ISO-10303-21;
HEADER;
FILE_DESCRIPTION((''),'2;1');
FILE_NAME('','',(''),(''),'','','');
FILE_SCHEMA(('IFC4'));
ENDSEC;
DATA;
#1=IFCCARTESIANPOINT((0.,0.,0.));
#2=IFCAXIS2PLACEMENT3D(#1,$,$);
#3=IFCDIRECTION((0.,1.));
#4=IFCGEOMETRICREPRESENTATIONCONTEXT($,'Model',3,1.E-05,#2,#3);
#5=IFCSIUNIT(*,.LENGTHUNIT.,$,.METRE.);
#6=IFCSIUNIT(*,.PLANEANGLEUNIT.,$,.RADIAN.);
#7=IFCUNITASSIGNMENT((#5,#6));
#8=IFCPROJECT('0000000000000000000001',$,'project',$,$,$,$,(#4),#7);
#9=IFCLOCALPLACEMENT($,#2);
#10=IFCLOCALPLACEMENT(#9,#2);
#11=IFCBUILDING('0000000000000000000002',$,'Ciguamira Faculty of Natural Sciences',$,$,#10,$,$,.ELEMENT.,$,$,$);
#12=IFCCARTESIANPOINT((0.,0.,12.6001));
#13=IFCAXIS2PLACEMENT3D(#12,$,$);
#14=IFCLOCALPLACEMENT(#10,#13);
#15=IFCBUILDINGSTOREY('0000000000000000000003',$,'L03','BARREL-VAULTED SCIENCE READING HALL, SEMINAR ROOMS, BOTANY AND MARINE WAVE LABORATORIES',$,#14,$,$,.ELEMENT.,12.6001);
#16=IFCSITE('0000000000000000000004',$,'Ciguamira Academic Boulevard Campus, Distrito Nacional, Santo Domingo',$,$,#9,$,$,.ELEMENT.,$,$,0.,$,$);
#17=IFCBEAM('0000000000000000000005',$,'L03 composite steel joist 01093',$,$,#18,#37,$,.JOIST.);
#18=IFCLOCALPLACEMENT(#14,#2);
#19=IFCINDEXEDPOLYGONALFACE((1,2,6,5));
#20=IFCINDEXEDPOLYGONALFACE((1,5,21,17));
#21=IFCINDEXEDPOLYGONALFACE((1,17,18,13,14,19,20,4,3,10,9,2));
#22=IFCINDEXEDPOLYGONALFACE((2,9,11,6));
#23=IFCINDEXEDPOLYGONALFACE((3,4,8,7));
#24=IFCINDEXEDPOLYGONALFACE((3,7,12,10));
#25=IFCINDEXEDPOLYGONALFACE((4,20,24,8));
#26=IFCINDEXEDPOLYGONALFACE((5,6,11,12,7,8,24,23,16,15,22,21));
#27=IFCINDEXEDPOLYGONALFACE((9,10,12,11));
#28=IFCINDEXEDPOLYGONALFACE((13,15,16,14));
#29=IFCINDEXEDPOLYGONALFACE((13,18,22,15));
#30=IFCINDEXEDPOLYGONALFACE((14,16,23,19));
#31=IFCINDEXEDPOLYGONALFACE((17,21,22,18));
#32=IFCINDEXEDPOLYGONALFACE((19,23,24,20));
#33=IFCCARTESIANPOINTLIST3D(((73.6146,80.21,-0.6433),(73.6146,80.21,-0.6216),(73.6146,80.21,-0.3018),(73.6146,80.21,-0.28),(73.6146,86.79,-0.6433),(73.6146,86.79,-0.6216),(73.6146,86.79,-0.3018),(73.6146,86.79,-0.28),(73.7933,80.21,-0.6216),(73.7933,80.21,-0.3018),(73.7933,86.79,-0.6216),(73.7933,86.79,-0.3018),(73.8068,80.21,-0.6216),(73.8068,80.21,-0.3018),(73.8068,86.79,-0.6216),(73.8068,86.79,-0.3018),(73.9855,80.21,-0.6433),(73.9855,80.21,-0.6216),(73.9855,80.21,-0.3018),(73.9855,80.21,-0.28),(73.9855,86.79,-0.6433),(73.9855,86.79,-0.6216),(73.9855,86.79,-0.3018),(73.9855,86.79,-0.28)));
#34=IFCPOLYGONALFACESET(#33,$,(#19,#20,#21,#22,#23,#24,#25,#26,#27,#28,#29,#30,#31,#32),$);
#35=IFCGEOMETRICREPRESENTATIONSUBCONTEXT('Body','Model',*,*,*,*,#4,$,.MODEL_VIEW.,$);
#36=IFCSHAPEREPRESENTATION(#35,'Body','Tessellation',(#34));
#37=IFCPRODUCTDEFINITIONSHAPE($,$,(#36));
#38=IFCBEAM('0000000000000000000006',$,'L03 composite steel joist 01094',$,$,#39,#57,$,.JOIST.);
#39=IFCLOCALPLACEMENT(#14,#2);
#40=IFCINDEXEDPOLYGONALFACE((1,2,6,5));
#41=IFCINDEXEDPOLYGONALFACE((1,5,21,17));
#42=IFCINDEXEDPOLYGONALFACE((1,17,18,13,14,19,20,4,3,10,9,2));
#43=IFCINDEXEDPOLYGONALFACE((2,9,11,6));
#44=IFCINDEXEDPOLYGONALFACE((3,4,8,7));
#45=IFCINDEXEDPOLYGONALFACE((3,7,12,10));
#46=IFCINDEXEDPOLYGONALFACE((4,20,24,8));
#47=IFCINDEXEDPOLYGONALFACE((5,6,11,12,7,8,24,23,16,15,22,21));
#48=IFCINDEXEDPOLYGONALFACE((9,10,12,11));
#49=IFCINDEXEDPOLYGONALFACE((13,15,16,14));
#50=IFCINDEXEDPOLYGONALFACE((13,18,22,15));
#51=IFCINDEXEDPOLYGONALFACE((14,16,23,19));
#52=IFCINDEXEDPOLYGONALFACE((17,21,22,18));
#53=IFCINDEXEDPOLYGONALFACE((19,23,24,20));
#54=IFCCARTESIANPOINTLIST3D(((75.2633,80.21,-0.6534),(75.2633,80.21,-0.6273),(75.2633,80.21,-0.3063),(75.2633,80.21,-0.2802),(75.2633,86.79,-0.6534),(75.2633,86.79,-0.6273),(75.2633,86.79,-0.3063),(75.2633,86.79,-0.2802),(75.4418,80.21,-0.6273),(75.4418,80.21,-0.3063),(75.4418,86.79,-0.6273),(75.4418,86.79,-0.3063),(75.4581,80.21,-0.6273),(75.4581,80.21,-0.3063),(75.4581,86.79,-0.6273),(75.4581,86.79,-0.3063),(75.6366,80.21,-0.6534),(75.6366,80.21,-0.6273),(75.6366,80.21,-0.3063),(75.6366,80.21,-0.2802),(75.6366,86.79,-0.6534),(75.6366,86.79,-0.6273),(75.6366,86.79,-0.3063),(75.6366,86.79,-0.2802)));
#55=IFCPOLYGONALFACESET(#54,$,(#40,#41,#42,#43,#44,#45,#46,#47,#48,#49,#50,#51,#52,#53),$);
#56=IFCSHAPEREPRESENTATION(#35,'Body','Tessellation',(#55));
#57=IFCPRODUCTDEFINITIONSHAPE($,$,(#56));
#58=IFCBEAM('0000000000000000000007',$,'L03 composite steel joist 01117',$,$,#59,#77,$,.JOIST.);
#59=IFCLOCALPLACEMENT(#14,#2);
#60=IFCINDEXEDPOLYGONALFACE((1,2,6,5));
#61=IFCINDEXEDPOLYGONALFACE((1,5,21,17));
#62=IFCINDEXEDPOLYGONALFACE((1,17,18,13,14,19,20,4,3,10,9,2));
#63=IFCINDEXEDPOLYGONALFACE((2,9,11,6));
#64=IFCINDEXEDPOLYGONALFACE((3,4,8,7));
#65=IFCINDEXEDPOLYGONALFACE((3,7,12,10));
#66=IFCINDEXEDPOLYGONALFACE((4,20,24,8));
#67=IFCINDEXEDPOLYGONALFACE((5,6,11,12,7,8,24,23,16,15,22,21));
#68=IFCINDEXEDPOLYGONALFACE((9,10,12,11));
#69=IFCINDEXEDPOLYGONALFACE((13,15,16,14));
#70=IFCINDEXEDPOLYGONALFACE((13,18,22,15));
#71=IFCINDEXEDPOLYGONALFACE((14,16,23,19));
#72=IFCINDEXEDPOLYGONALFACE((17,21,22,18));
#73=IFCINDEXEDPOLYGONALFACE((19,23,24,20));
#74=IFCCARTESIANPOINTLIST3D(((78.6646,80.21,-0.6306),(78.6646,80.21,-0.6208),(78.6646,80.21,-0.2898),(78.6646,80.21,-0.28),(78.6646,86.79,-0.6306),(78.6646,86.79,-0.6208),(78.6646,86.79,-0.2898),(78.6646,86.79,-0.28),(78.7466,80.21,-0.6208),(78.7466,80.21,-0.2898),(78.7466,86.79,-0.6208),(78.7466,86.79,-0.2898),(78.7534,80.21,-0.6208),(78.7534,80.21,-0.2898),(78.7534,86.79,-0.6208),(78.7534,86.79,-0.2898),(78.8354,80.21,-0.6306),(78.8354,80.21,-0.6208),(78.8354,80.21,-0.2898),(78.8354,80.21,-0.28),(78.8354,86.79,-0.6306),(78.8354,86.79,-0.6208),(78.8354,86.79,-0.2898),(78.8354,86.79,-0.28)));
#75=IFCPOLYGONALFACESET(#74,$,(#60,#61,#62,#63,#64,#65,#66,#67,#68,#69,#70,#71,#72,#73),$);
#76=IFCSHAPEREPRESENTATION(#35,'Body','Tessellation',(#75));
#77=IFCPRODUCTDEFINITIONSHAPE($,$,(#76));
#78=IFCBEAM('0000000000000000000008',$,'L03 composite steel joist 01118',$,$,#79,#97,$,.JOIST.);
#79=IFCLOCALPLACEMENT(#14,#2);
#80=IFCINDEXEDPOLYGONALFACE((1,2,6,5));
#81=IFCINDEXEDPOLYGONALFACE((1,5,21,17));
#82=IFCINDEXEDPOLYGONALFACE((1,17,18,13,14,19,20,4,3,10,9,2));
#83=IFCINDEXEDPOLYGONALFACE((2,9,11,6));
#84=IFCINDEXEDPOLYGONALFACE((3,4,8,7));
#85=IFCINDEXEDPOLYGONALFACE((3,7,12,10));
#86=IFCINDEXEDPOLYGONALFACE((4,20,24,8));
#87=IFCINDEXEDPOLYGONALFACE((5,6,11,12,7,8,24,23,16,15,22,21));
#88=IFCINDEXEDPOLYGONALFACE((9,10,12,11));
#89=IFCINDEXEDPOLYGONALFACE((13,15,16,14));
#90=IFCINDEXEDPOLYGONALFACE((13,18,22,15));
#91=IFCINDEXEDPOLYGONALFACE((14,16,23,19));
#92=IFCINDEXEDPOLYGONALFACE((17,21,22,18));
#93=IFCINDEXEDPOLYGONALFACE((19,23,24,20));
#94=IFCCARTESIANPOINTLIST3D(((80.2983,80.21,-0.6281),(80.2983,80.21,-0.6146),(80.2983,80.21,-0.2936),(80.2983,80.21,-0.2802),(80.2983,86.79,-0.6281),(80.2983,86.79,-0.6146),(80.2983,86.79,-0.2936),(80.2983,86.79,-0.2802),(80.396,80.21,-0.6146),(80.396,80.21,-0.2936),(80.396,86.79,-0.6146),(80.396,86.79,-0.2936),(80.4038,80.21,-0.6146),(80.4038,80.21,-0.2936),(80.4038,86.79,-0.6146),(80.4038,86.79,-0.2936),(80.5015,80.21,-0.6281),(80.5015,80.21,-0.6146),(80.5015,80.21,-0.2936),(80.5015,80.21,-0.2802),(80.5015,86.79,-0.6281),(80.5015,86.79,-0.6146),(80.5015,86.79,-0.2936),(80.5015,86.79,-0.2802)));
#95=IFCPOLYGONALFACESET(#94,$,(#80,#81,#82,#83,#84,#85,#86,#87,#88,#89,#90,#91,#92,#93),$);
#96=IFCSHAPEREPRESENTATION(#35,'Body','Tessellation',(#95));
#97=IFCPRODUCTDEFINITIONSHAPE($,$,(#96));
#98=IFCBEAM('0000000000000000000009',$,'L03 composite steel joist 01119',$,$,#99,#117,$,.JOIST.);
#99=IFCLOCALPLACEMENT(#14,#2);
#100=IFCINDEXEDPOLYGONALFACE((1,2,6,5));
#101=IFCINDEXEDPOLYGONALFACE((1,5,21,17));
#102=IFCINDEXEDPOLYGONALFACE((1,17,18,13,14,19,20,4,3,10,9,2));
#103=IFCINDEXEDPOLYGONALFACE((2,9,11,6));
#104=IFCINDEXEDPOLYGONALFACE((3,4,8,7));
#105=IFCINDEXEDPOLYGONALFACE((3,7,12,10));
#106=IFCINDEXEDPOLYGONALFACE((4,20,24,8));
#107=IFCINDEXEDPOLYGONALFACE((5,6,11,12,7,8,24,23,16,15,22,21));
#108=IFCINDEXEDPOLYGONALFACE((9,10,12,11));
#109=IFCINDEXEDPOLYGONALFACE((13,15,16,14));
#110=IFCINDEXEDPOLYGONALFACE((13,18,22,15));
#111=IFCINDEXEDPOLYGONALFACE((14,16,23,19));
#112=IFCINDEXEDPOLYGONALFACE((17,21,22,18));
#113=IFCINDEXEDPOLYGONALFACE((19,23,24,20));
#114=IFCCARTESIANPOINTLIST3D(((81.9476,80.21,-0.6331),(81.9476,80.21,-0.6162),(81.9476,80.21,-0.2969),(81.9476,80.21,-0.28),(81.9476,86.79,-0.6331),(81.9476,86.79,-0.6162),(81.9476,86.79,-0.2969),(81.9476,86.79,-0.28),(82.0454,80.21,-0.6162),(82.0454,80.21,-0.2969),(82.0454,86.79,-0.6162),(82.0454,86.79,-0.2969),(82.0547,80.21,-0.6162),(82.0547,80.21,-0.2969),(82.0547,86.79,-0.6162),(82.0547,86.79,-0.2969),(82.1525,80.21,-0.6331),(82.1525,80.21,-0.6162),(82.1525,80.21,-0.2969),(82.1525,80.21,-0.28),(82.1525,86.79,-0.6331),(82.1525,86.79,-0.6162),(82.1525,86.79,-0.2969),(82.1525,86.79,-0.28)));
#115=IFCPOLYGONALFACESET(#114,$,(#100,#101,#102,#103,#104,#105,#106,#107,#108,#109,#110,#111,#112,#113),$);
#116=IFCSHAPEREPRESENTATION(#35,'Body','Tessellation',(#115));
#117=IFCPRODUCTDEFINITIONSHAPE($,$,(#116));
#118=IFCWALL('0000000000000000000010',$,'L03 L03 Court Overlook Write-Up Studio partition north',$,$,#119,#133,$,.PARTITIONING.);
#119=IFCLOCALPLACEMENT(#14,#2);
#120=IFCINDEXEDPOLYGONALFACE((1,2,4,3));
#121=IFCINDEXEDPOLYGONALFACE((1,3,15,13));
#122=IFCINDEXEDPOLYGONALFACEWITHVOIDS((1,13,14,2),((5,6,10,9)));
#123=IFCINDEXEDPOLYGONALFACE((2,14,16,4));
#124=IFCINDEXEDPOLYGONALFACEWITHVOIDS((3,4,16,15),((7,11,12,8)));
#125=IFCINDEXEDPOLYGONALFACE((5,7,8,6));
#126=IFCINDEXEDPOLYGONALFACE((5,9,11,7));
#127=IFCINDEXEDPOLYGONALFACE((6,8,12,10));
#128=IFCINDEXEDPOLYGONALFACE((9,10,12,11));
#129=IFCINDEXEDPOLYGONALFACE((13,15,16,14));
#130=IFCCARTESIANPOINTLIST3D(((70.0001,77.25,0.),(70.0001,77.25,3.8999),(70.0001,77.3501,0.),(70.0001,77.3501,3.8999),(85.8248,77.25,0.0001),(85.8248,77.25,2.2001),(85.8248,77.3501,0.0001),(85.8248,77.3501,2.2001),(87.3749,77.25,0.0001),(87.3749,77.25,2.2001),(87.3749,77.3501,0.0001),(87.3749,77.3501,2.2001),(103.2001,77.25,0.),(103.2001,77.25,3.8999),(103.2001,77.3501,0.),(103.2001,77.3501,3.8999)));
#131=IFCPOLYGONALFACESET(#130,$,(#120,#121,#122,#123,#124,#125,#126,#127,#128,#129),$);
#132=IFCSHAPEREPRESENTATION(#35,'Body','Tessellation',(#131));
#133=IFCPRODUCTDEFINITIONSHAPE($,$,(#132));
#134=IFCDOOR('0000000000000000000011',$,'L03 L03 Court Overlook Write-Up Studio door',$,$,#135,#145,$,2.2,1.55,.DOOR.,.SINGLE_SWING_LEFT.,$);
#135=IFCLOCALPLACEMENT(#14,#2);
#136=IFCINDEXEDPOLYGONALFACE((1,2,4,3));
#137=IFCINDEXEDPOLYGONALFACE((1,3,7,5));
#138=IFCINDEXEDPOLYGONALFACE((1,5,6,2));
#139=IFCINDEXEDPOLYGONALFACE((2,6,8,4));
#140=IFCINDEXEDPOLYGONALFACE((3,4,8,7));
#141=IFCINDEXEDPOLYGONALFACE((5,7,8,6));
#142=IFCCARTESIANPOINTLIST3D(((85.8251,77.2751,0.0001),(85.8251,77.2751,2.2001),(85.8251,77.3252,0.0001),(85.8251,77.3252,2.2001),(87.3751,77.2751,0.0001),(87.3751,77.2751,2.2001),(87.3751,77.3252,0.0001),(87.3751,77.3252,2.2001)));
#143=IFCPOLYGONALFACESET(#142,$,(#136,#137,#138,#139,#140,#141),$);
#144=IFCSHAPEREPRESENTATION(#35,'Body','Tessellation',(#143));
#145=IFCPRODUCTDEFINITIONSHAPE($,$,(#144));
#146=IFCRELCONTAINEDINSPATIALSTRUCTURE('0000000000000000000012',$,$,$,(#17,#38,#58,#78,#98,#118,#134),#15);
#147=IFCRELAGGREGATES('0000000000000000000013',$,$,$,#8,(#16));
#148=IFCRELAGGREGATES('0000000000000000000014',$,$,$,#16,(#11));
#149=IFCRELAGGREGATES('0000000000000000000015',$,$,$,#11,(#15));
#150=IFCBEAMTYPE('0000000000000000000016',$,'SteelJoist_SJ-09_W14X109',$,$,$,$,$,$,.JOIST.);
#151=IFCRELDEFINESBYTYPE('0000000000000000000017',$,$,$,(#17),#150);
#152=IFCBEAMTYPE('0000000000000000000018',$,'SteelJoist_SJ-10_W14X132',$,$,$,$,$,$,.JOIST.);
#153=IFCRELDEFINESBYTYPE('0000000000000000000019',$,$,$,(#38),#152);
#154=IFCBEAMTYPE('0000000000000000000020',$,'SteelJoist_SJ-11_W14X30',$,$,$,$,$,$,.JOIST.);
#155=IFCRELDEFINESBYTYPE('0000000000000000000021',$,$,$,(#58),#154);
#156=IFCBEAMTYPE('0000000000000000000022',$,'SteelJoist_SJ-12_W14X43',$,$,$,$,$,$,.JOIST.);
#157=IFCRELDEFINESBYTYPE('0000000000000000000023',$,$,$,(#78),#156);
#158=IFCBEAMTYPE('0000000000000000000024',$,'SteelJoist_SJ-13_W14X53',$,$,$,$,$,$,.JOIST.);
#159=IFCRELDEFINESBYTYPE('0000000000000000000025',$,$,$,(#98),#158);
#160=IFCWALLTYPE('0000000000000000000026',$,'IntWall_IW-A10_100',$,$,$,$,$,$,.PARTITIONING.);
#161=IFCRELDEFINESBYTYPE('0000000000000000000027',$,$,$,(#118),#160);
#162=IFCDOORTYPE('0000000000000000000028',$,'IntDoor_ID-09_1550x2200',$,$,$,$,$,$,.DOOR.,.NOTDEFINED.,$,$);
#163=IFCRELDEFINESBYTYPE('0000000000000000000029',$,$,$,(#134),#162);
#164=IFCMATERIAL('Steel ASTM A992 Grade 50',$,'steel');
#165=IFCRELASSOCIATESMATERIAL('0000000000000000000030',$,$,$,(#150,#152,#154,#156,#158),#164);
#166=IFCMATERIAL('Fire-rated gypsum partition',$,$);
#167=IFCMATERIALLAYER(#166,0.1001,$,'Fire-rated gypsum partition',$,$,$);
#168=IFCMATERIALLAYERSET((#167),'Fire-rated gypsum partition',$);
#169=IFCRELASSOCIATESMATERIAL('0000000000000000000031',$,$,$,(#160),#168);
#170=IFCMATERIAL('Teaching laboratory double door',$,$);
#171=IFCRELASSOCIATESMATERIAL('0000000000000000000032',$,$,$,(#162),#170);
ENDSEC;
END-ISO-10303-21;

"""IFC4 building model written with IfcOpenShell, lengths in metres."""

from ifc_helpers import new_model, si_unit, direction, frame, frame_2d, origin, origin_2d, place, context, subcontext, project, spatial, rectangle, i_section, extrude, material, layer, layer_set, material_profile, profile_set, type_object, element, fill, save


model = new_model("IFC4")

# Units and contexts
model_context = context("Model", 3, precision=1e-05, world=origin(), true_north=direction((0.0, 1.0)))
body_context = subcontext(model_context, "Body", "Model", "MODEL_VIEW")
ifc_project = project(units=[si_unit("LENGTHUNIT", "METRE"), si_unit("PLANEANGLEUNIT", "RADIAN")], contexts=[model_context])

# Site, building, storey
site_placement = place(None, origin())
site = spatial("IfcSite", under=ifc_project, at=site_placement, Name="Ciguamira Academic Boulevard Campus, Distrito Nacional, Santo Domingo", CompositionType="ELEMENT", RefElevation=0.0)
building_placement = place(site_placement, origin())
building = spatial("IfcBuilding", under=site, at=building_placement, Name="Ciguamira Faculty of Natural Sciences", CompositionType="ELEMENT")
storey_placement = place(building_placement, frame((0.0, 0.0, 12.6001)))
storey = spatial("IfcBuildingStorey", under=building, at=storey_placement, Name="L03", Description="BARREL-VAULTED SCIENCE READING HALL, SEMINAR ROOMS, BOTANY AND MARINE WAVE LABORATORIES", CompositionType="ELEMENT", Elevation=12.6001)

# Beams
ifc_material_1 = material(Name="Steel ASTM A992 Grade 50", Category="steel")
ifc_material_profile_1 = material_profile(ifc_material_1, i_section(OverallWidth=0.3708, OverallDepth=0.3633, WebThickness=0.0134, FlangeThickness=0.0217, at=origin_2d()), Name="W14X109")
ifc_profile_set_1 = profile_set([ifc_material_profile_1], Name="Steel ASTM A992 Grade 50")
beam_type_1 = type_object("IfcBeamType", Name="SteelJoist_SJ-09_W14X109", PredefinedType="JOIST", material=ifc_profile_set_1)
beam_1_placement = place(storey_placement, frame((73.8, 80.21, -0.4617), z_axis=(0.0, 1.0, 0.0), x_axis=(-1.0, 0.0, 0.0)))
element("IfcBeam", 1, at=beam_1_placement, inside=storey, type_object=beam_type_1, Name="L03 composite steel joist 01093", PredefinedType="JOIST", context=body_context, shape_type="SweptSolid", body=[
    extrude(i_section(OverallWidth=0.3708, OverallDepth=0.3633, WebThickness=0.0134, FlangeThickness=0.0217, at=origin_2d()), origin(), (0.0, 0.0, 1.0), 6.5801),
])
ifc_material_profile_2 = material_profile(ifc_material_1, i_section(OverallWidth=0.3733, OverallDepth=0.3733, WebThickness=0.0164, FlangeThickness=0.0261, at=origin_2d()), Name="W14X132")
ifc_profile_set_2 = profile_set([ifc_material_profile_2], Name="Steel ASTM A992 Grade 50")
beam_type_2 = type_object("IfcBeamType", Name="SteelJoist_SJ-10_W14X132", PredefinedType="JOIST", material=ifc_profile_set_2)
beam_2_placement = place(storey_placement, frame((75.45, 80.21, -0.4668), z_axis=(0.0, 1.0, 0.0), x_axis=(-1.0, 0.0, 0.0)))
element("IfcBeam", 2, at=beam_2_placement, inside=storey, type_object=beam_type_2, Name="L03 composite steel joist 01094", PredefinedType="JOIST", context=body_context, shape_type="SweptSolid", body=[
    extrude(i_section(OverallWidth=0.3733, OverallDepth=0.3733, WebThickness=0.0164, FlangeThickness=0.0261, at=origin_2d()), origin(), (0.0, 0.0, 1.0), 6.5801),
])
ifc_material_profile_3 = material_profile(ifc_material_1, i_section(OverallWidth=0.1709, OverallDepth=0.3506, WebThickness=0.0068, FlangeThickness=0.0098, at=origin_2d()), Name="W14X30")
ifc_profile_set_3 = profile_set([ifc_material_profile_3], Name="Steel ASTM A992 Grade 50")
beam_type_3 = type_object("IfcBeamType", Name="SteelJoist_SJ-11_W14X30", PredefinedType="JOIST", material=ifc_profile_set_3)
beam_3_placement = place(storey_placement, frame((78.75, 80.21, -0.4553), z_axis=(0.0, 1.0, 0.0), x_axis=(-1.0, 0.0, 0.0)))
element("IfcBeam", 3, at=beam_3_placement, inside=storey, type_object=beam_type_3, Name="L03 composite steel joist 01117", PredefinedType="JOIST", context=body_context, shape_type="SweptSolid", body=[
    extrude(i_section(OverallWidth=0.1709, OverallDepth=0.3506, WebThickness=0.0068, FlangeThickness=0.0098, at=origin_2d()), origin(), (0.0, 0.0, 1.0), 6.5801),
])
ifc_material_profile_4 = material_profile(ifc_material_1, i_section(OverallWidth=0.2031, OverallDepth=0.3479, WebThickness=0.0078, FlangeThickness=0.0134, at=origin_2d()), Name="W14X43")
ifc_profile_set_4 = profile_set([ifc_material_profile_4], Name="Steel ASTM A992 Grade 50")
beam_type_4 = type_object("IfcBeamType", Name="SteelJoist_SJ-12_W14X43", PredefinedType="JOIST", material=ifc_profile_set_4)
beam_4_placement = place(storey_placement, frame((80.3999, 80.21, -0.4541), z_axis=(0.0, 1.0, 0.0), x_axis=(-1.0, 0.0, 0.0)))
element("IfcBeam", 4, at=beam_4_placement, inside=storey, type_object=beam_type_4, Name="L03 composite steel joist 01118", PredefinedType="JOIST", context=body_context, shape_type="SweptSolid", body=[
    extrude(i_section(OverallWidth=0.2031, OverallDepth=0.3479, WebThickness=0.0078, FlangeThickness=0.0134, at=origin_2d()), origin(), (0.0, 0.0, 1.0), 6.5801),
])
ifc_material_profile_5 = material_profile(ifc_material_1, i_section(OverallWidth=0.2048, OverallDepth=0.353, WebThickness=0.0093, FlangeThickness=0.0168, at=origin_2d()), Name="W14X53")
ifc_profile_set_5 = profile_set([ifc_material_profile_5], Name="Steel ASTM A992 Grade 50")
beam_type_5 = type_object("IfcBeamType", Name="SteelJoist_SJ-13_W14X53", PredefinedType="JOIST", material=ifc_profile_set_5)
beam_5_placement = place(storey_placement, frame((82.05, 80.21, -0.4565), z_axis=(0.0, 1.0, 0.0), x_axis=(-1.0, 0.0, 0.0)))
element("IfcBeam", 5, at=beam_5_placement, inside=storey, type_object=beam_type_5, Name="L03 composite steel joist 01119", PredefinedType="JOIST", context=body_context, shape_type="SweptSolid", body=[
    extrude(i_section(OverallWidth=0.2048, OverallDepth=0.353, WebThickness=0.0093, FlangeThickness=0.0168, at=origin_2d()), origin(), (0.0, 0.0, 1.0), 6.5801),
])

# Wall, opening, door
ifc_material_2 = material(Name="Fire-rated gypsum partition")
ifc_layer = layer(ifc_material_2, 0.1001, Name="Fire-rated gypsum partition")
ifc_layer_set = layer_set([ifc_layer], Name="Fire-rated gypsum partition")
wall_type = type_object("IfcWallType", Name="IntWall_IW-A10_100", PredefinedType="PARTITIONING", material=ifc_layer_set)
wall_placement = place(storey_placement, frame((70.0, 77.3, 0.0), z_axis=(0.0, 0.0, 1.0), x_axis=(1.0, 0.0, 0.0)))
wall = element("IfcWall", 6, at=wall_placement, inside=storey, type_object=wall_type, Name="L03 L03 Court Overlook Write-Up Studio partition north", PredefinedType="PARTITIONING", context=body_context, shape_type="SweptSolid", body=[
    extrude(rectangle(XDim=33.2, YDim=0.1001, at=frame_2d((16.6001, 0.0))), origin(), (0.0, 0.0, 1.0), 3.8999),
])
opening_placement = place(wall_placement, frame((15.825, 0.0, 0.0)))
opening = element("IfcOpeningElement", 7, at=opening_placement, cuts=wall, PredefinedType="OPENING", context=body_context, shape_type="SweptSolid", body=[
    extrude(rectangle(XDim=1.55, YDim=2.2, at=frame_2d((0.7749, 1.1001))), frame((0.0, 0.0601, 0.0), z_axis=(0.0, -1.0, 0.0), x_axis=(1.0, 0.0, 0.0)), (0.0, 0.0, 1.0), 0.1201),
])
ifc_material_3 = material(Name="Teaching laboratory double door")
door_type = type_object("IfcDoorType", Name="IntDoor_ID-09_1550x2200", OperationType="NOTDEFINED", PredefinedType="DOOR", material=ifc_material_3)
door_placement = place(opening_placement, frame((1.55, 0.0, 0.0), z_axis=(0.0, 0.0, 1.0), x_axis=(-1.0, 0.0, 0.0)))
door = element("IfcDoor", 8, at=door_placement, inside=storey, type_object=door_type, Name="L03 L03 Court Overlook Write-Up Studio door", OperationType="SINGLE_SWING_LEFT", OverallHeight=2.2, OverallWidth=1.55, PredefinedType="DOOR", context=body_context, shape_type="SweptSolid", body=[
    extrude(rectangle(XDim=1.55, YDim=2.2, at=frame_2d((0.7749, 1.1001))), frame((0.0, 0.0249, 0.0), z_axis=(0.0, -1.0, 0.0), x_axis=(1.0, 0.0, 0.0)), (0.0, 0.0, 1.0), 0.05),
])
fill(opening, door)

save(model, "model.ifc")
